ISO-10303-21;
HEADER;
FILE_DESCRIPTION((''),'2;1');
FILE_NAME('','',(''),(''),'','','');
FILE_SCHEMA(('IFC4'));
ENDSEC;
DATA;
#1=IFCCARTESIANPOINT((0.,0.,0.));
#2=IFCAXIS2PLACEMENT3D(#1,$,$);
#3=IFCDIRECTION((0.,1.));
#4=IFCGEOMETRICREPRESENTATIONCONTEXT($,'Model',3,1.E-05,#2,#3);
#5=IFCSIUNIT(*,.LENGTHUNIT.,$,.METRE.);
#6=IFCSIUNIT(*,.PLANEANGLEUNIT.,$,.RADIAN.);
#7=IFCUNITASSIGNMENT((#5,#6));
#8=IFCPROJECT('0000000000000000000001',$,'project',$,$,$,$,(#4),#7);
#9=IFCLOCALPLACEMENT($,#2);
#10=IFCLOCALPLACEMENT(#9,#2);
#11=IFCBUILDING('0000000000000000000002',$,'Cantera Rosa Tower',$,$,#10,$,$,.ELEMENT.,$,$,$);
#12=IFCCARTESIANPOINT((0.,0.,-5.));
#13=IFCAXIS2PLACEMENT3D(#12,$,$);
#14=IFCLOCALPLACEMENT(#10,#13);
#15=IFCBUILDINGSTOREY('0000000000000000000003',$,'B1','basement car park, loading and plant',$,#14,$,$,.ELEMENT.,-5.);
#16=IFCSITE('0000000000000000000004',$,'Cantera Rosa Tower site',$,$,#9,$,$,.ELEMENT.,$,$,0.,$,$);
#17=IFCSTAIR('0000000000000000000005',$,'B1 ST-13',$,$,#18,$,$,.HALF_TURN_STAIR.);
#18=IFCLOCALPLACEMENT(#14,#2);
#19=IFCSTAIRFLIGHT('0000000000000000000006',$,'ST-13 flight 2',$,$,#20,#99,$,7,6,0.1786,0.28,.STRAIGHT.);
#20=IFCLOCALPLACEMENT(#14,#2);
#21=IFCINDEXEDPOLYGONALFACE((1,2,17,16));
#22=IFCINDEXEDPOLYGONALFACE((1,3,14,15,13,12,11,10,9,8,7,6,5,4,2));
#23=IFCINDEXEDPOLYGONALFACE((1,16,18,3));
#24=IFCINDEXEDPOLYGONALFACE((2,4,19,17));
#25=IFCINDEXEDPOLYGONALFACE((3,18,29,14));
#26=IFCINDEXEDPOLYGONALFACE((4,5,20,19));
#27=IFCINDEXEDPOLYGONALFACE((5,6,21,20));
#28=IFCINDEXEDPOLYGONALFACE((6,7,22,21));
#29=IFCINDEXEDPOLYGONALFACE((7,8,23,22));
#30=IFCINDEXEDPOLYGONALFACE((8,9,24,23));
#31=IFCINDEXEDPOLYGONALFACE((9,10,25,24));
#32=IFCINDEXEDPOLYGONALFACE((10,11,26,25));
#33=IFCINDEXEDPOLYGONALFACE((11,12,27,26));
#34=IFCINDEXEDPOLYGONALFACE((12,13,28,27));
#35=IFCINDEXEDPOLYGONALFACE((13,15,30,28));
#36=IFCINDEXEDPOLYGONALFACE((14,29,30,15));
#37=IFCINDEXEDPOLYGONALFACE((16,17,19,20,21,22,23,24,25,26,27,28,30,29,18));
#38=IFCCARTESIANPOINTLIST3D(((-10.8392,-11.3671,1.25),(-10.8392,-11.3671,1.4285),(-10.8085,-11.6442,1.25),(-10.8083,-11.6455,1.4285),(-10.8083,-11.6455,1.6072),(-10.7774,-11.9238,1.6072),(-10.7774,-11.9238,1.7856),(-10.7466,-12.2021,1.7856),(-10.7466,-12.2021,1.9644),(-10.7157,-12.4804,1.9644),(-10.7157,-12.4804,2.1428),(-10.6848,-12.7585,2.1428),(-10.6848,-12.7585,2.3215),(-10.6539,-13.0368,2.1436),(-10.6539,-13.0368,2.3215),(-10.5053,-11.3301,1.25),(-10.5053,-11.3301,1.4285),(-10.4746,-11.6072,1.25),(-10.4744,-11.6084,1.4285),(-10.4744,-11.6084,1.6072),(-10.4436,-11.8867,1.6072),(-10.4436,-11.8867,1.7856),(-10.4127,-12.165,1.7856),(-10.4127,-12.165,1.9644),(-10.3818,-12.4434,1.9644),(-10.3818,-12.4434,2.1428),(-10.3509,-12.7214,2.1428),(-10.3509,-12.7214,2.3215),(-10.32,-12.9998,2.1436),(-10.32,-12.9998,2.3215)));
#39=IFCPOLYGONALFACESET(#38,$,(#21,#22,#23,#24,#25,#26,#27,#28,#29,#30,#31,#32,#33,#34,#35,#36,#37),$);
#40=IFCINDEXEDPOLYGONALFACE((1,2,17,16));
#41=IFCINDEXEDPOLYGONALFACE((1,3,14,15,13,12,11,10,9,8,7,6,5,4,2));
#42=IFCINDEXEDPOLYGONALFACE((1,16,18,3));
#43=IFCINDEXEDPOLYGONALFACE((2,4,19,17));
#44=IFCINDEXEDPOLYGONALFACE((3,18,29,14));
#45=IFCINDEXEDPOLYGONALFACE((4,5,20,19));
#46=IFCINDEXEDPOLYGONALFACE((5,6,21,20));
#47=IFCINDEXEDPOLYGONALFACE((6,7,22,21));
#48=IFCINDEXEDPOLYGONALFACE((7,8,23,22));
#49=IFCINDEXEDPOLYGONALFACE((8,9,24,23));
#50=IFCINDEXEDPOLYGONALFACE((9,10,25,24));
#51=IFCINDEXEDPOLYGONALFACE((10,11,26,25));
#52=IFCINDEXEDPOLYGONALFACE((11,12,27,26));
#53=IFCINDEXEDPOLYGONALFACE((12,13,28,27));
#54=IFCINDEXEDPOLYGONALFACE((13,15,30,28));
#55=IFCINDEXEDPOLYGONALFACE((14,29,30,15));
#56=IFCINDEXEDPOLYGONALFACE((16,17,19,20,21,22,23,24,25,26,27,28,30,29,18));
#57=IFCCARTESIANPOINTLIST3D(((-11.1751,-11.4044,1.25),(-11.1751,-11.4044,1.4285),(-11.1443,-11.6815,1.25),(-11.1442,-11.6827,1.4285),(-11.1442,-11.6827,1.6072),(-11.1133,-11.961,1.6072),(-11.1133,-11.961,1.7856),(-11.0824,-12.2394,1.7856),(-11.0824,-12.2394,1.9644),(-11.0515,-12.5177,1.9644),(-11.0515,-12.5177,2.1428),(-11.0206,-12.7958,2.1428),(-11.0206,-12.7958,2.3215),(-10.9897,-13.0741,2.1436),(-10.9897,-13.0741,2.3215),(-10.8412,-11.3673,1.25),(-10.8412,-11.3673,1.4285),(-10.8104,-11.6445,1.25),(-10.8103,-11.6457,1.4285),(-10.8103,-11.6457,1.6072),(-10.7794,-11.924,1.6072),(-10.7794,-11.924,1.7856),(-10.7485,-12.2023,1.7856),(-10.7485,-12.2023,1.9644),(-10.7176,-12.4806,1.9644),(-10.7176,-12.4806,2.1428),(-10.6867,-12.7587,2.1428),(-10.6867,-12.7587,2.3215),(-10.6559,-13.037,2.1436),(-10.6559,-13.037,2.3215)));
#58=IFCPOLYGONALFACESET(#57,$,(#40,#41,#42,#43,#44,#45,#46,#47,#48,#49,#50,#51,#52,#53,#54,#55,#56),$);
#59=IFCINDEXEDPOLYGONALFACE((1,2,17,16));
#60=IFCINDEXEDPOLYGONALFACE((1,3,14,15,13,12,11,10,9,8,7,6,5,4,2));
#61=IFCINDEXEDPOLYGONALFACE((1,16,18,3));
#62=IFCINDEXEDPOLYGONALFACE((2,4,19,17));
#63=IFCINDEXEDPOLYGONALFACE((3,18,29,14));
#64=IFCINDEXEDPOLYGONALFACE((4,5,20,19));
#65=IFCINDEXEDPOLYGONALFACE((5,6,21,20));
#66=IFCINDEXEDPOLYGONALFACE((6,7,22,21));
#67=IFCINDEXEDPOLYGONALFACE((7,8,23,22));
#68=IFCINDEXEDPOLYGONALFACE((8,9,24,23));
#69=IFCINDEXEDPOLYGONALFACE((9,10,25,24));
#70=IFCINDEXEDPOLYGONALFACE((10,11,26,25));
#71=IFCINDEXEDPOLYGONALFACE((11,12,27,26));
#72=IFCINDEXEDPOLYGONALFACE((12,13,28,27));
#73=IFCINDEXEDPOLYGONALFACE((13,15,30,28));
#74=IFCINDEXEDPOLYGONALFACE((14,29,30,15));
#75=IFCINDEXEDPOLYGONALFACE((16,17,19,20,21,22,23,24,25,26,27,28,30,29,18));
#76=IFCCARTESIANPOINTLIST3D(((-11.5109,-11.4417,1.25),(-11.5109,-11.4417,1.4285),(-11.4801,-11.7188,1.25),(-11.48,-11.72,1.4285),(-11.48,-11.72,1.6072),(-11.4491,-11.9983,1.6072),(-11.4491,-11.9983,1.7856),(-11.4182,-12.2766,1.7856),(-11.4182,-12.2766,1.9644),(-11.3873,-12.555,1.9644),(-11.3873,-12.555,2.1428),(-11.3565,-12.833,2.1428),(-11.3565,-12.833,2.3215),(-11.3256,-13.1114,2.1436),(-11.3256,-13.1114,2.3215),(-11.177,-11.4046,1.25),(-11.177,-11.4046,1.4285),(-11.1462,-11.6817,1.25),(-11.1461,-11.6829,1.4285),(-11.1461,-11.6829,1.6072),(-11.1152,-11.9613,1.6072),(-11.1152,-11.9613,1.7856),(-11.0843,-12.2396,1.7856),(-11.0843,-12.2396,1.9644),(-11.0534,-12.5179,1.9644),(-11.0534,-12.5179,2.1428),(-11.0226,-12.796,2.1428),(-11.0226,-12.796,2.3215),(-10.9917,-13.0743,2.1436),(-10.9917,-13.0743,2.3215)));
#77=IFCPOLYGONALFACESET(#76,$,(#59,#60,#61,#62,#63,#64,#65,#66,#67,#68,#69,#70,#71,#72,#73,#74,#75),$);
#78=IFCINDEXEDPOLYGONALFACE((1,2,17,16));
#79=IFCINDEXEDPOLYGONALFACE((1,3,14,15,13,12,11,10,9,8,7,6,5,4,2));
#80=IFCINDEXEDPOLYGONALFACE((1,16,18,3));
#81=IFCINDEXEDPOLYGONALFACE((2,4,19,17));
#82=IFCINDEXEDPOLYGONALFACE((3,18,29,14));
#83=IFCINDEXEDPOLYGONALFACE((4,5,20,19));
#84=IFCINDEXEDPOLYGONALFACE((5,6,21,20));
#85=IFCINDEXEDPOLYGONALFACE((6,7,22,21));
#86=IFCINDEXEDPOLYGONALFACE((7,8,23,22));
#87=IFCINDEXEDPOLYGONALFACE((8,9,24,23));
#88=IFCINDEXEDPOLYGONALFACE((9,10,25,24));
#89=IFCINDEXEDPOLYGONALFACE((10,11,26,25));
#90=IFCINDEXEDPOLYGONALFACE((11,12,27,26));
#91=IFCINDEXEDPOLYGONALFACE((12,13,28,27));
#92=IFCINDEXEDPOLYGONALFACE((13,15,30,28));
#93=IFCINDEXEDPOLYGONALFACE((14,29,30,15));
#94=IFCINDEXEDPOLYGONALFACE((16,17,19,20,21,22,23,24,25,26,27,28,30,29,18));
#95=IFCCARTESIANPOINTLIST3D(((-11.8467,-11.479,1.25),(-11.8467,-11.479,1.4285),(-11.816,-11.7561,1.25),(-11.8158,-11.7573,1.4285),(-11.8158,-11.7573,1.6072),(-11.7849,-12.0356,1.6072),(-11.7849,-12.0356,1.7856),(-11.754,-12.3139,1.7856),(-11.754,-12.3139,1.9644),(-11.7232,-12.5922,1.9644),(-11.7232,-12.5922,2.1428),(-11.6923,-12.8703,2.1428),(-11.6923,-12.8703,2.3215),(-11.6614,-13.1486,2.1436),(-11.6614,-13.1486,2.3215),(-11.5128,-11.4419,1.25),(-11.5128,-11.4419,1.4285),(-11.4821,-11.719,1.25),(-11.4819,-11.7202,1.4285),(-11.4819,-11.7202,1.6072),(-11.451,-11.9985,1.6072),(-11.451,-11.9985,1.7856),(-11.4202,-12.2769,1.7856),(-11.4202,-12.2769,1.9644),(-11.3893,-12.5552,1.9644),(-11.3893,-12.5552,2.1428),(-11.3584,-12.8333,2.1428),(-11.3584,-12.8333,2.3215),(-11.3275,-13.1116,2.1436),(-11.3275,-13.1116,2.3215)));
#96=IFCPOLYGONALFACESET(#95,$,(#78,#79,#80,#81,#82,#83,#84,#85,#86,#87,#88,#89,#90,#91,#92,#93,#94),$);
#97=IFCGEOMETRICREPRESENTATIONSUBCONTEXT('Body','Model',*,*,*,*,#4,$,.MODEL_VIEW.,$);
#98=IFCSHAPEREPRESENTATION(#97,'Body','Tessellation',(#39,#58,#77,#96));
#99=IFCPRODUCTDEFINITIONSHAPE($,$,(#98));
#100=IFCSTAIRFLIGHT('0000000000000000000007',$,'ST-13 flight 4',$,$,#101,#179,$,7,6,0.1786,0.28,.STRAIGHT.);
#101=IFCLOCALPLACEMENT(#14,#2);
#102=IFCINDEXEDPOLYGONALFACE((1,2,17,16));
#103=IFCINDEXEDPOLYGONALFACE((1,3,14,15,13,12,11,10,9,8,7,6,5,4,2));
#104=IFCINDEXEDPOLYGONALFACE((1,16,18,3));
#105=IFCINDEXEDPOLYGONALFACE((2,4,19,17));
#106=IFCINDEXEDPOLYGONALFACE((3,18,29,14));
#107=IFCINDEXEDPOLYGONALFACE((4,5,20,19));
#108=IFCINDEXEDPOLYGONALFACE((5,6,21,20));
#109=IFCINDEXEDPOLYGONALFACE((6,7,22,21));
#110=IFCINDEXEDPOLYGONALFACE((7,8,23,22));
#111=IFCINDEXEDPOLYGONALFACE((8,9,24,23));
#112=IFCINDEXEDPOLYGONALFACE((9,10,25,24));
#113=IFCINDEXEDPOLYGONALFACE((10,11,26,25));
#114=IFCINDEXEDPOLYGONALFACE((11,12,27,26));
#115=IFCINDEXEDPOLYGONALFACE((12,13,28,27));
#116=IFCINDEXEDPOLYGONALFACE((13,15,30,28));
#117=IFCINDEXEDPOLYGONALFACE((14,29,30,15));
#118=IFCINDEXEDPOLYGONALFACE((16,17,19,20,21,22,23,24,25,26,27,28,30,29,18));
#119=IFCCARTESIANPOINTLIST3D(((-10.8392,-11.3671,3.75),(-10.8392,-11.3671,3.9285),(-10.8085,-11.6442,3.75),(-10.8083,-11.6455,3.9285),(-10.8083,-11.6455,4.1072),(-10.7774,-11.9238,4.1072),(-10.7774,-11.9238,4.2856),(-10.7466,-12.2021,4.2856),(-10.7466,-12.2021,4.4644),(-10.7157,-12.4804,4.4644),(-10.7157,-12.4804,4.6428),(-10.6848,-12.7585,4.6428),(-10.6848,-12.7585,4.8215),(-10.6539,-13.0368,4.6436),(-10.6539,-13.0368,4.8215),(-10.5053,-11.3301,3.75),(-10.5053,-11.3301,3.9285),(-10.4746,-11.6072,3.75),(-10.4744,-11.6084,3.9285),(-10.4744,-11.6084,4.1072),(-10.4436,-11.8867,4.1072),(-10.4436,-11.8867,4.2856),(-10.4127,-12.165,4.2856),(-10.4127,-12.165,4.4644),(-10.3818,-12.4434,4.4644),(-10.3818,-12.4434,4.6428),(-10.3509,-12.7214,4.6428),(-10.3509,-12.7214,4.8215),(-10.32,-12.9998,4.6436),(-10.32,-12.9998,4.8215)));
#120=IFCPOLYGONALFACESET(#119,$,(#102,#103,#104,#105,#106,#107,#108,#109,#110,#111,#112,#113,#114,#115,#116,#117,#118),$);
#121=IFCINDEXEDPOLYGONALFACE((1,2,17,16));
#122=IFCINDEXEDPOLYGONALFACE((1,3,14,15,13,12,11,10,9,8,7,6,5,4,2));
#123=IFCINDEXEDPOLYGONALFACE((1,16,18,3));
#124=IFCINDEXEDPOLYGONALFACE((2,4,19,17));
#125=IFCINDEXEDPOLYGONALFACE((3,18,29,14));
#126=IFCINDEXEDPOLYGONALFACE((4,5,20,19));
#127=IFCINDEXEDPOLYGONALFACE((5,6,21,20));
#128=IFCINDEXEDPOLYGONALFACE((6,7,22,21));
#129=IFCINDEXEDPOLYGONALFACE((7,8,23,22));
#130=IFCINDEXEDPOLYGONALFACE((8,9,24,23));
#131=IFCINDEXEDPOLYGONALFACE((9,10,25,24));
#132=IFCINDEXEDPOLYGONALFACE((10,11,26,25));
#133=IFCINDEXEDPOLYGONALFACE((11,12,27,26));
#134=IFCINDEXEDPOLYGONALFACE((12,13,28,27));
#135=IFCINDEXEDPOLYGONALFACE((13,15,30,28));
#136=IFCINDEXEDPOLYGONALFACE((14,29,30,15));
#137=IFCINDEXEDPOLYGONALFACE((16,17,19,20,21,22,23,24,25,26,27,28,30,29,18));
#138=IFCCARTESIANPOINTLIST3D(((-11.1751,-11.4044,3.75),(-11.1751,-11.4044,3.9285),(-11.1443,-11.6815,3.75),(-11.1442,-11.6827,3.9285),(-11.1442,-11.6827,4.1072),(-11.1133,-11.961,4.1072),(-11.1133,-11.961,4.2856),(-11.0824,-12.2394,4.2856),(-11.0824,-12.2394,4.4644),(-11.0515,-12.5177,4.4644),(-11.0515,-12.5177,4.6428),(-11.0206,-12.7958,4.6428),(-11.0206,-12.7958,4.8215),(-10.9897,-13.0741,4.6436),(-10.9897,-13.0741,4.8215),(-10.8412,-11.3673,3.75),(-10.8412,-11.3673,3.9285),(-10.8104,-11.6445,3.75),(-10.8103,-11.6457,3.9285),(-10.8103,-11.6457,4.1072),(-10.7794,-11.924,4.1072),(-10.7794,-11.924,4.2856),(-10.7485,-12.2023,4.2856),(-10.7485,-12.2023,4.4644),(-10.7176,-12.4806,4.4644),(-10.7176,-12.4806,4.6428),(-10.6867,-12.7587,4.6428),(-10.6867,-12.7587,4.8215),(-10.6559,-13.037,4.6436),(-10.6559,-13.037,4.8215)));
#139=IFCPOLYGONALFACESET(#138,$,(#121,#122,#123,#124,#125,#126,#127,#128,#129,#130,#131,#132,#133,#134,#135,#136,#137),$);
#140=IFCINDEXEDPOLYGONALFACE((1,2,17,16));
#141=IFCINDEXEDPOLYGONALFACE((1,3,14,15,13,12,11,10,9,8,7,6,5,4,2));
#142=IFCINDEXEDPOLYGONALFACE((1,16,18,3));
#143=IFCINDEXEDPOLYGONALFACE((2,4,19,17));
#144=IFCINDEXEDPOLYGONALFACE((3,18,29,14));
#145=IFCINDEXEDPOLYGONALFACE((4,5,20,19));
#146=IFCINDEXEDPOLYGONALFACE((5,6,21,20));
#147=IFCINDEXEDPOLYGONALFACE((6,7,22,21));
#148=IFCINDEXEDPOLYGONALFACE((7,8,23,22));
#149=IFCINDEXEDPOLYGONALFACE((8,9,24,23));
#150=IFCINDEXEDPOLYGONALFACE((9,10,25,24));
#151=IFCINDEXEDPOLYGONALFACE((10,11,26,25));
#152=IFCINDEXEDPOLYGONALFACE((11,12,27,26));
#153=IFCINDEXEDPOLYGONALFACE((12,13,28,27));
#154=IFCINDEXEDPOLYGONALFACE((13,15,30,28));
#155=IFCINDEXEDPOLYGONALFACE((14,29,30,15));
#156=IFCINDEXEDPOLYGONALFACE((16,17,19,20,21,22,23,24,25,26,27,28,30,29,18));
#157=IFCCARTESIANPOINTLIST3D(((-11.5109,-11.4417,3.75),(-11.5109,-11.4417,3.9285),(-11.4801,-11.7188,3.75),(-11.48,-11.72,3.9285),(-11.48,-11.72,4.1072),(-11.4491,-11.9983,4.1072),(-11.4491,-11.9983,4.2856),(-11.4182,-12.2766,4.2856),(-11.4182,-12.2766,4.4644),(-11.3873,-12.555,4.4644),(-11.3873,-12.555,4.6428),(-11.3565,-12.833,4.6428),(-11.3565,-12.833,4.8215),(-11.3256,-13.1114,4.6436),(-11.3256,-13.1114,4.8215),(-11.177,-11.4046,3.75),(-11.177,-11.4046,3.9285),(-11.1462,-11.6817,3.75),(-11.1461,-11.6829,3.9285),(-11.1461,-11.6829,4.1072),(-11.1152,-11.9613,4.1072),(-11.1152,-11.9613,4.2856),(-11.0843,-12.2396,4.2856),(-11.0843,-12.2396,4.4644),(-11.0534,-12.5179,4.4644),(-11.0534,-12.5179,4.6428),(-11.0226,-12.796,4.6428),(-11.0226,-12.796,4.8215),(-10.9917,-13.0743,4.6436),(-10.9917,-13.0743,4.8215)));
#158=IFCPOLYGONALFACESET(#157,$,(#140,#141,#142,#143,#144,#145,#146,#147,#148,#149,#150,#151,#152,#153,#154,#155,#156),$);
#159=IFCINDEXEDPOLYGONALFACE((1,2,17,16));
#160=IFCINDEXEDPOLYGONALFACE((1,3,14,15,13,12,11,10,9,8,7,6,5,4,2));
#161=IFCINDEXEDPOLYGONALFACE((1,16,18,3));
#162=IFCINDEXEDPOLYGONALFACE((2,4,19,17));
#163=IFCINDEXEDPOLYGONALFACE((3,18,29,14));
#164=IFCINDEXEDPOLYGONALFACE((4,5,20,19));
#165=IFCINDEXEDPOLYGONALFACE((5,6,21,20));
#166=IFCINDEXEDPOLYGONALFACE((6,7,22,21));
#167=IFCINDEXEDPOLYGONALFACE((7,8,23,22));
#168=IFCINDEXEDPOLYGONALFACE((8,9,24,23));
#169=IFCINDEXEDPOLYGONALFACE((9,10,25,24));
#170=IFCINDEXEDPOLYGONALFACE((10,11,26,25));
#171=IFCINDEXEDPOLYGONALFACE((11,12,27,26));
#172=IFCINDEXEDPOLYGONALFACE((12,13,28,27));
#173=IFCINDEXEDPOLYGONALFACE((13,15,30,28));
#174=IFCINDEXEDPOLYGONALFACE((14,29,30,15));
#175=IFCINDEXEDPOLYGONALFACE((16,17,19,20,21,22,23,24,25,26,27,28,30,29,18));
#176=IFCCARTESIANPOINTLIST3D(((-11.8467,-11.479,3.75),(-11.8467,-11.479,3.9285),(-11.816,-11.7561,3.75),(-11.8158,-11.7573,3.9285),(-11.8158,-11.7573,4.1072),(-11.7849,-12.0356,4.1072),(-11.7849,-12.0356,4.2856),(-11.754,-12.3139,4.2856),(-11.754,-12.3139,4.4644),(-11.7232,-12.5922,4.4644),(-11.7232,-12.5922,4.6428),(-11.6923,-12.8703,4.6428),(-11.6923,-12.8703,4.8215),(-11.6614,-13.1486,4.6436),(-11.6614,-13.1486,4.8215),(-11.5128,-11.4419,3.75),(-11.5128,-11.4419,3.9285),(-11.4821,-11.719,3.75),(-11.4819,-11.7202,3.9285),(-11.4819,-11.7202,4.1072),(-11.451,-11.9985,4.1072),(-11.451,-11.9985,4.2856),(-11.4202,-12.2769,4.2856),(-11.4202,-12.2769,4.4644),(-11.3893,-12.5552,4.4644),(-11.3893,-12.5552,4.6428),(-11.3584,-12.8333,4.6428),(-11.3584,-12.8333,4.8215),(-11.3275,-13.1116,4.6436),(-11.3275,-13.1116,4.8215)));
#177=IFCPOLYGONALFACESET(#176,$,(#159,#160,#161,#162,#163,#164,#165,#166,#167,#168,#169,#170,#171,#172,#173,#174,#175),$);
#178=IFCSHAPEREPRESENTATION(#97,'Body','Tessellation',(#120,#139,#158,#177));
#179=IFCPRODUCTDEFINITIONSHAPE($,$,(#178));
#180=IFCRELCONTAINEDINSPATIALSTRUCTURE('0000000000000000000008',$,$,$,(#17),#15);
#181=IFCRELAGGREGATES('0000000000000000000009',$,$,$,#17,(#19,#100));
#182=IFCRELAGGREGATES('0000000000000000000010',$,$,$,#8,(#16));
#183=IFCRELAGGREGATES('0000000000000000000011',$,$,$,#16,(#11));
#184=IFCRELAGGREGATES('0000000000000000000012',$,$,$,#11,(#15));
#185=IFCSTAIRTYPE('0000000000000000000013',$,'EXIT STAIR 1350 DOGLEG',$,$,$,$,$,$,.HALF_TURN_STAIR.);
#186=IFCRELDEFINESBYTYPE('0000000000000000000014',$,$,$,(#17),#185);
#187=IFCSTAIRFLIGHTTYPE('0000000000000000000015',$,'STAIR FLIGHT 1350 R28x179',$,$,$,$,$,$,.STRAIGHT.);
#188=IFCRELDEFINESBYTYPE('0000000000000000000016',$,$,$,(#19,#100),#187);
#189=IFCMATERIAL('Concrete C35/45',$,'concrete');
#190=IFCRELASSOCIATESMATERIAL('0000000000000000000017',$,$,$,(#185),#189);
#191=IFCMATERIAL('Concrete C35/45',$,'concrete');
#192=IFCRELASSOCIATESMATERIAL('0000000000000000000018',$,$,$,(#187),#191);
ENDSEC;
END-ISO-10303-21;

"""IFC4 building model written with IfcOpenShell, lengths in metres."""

from ifc_helpers import new_model, si_unit, direction, frame, origin, place, context, subcontext, project, spatial, polyline, outline, extrude, material, type_object, element, aggregate, save


model = new_model("IFC4")

# Units and contexts
model_context = context("Model", 3, precision=1e-05, world=origin(), true_north=direction((0.0, 1.0)))
body_context = subcontext(model_context, "Body", "Model", "MODEL_VIEW")
ifc_project = project(units=[si_unit("LENGTHUNIT", "METRE"), si_unit("PLANEANGLEUNIT", "RADIAN")], contexts=[model_context])

# Site, building, storey
site_placement = place(None, origin())
site = spatial("IfcSite", under=ifc_project, at=site_placement, Name="Cantera Rosa Tower site", CompositionType="ELEMENT", RefElevation=0.0)
building_placement = place(site_placement, origin())
building = spatial("IfcBuilding", under=site, at=building_placement, Name="Cantera Rosa Tower", CompositionType="ELEMENT")
storey_placement = place(building_placement, frame((0.0, 0.0, -5.0)))
storey = spatial("IfcBuildingStorey", under=building, at=storey_placement, Name="B1", Description="basement car park, loading and plant", CompositionType="ELEMENT", Elevation=-5.0)

# Stair, stair flights
ifc_material_1 = material(Name="Concrete C35/45", Category="concrete")
stair_type = type_object("IfcStairType", Name="EXIT STAIR 1350 DOGLEG", PredefinedType="HALF_TURN_STAIR", material=ifc_material_1)
stair_placement = place(storey_placement, origin())
stair = element("IfcStair", 1, at=stair_placement, inside=storey, type_object=stair_type, Name="B1 ST-13", PredefinedType="HALF_TURN_STAIR")
ifc_material_2 = material(Name="Concrete C35/45", Category="concrete")
stair_flight_type = type_object("IfcStairFlightType", Name="STAIR FLIGHT 1350 R28x179", PredefinedType="STRAIGHT", material=ifc_material_2)
stair_flight_1_placement = place(storey_placement, frame((-11.1763, -11.4045, 1.25), z_axis=(0.0, 0.0, 1.0), x_axis=(0.110313, -0.993897, 0.0)))
stair_flight_1 = element("IfcStairFlight", 2, at=stair_flight_1_placement, type_object=stair_flight_type, Name="ST-13 flight 2", NumberOfRisers=7, NumberOfTreads=6, PredefinedType="STRAIGHT", RiserHeight=0.1786, TreadLength=0.28, context=body_context, shape_type="SweptSolid", body=[
    extrude(outline(polyline([(0.0, 0.0), (0.0, 0.1785), (0.28, 0.1785), (0.28, 0.3572), (0.5601, 0.3572), (0.5601, 0.5356), (0.8401, 0.5356), (0.8401, 0.7144), (1.1201, 0.7144), (1.1201, 0.8928), (1.3999, 0.8928), (1.3999, 1.0715), (1.6799, 1.0715), (1.6799, 1.25), (1.6799, 0.8936), (0.2788, 0.0), (0.0, 0.0)])), frame((0.0, 0.675, 0.0), z_axis=(0.0, -1.0, 0.0), x_axis=(1.0, 0.0, 0.0)), (0.0, 0.0, 1.0), 0.3359),
    extrude(outline(polyline([(0.0, 0.0), (0.0, 0.1785), (0.28, 0.1785), (0.28, 0.3572), (0.5601, 0.3572), (0.5601, 0.5356), (0.8401, 0.5356), (0.8401, 0.7144), (1.1201, 0.7144), (1.1201, 0.8928), (1.3999, 0.8928), (1.3999, 1.0715), (1.6799, 1.0715), (1.6799, 1.25), (1.6799, 0.8936), (0.2788, 0.0), (0.0, 0.0)])), frame((0.0, 0.3372, 0.0), z_axis=(0.0, -1.0, 0.0), x_axis=(1.0, 0.0, 0.0)), (0.0, 0.0, 1.0), 0.3359),
    extrude(outline(polyline([(0.0, 0.0), (0.0, 0.1785), (0.28, 0.1785), (0.28, 0.3572), (0.5601, 0.3572), (0.5601, 0.5356), (0.8401, 0.5356), (0.8401, 0.7144), (1.1201, 0.7144), (1.1201, 0.8928), (1.3999, 0.8928), (1.3999, 1.0715), (1.6799, 1.0715), (1.6799, 1.25), (1.6799, 0.8936), (0.2788, 0.0), (0.0, 0.0)])), frame((0.0, -0.0007, 0.0), z_axis=(0.0, -1.0, 0.0), x_axis=(1.0, 0.0, 0.0)), (0.0, 0.0, 1.0), 0.3359),
    extrude(outline(polyline([(0.0, 0.0), (0.0, 0.1785), (0.28, 0.1785), (0.28, 0.3572), (0.5601, 0.3572), (0.5601, 0.5356), (0.8401, 0.5356), (0.8401, 0.7144), (1.1201, 0.7144), (1.1201, 0.8928), (1.3999, 0.8928), (1.3999, 1.0715), (1.6799, 1.0715), (1.6799, 1.25), (1.6799, 0.8936), (0.2788, 0.0), (0.0, 0.0)])), frame((0.0, -0.3386, 0.0), z_axis=(0.0, -1.0, 0.0), x_axis=(1.0, 0.0, 0.0)), (0.0, 0.0, 1.0), 0.3359),
])
stair_flight_2_placement = place(storey_placement, frame((-11.1763, -11.4045, 3.75), z_axis=(0.0, 0.0, 1.0), x_axis=(0.110313, -0.993897, 0.0)))
stair_flight_2 = element("IfcStairFlight", 3, at=stair_flight_2_placement, type_object=stair_flight_type, Name="ST-13 flight 4", NumberOfRisers=7, NumberOfTreads=6, PredefinedType="STRAIGHT", RiserHeight=0.1786, TreadLength=0.28, context=body_context, shape_type="SweptSolid", body=[
    extrude(outline(polyline([(0.0, 0.0), (0.0, 0.1785), (0.28, 0.1785), (0.28, 0.3572), (0.5601, 0.3572), (0.5601, 0.5356), (0.8401, 0.5356), (0.8401, 0.7144), (1.1201, 0.7144), (1.1201, 0.8928), (1.3999, 0.8928), (1.3999, 1.0715), (1.6799, 1.0715), (1.6799, 1.25), (1.6799, 0.8936), (0.2788, 0.0), (0.0, 0.0)])), frame((0.0, 0.675, 0.0), z_axis=(0.0, -1.0, 0.0), x_axis=(1.0, 0.0, 0.0)), (0.0, 0.0, 1.0), 0.3359),
    extrude(outline(polyline([(0.0, 0.0), (0.0, 0.1785), (0.28, 0.1785), (0.28, 0.3572), (0.5601, 0.3572), (0.5601, 0.5356), (0.8401, 0.5356), (0.8401, 0.7144), (1.1201, 0.7144), (1.1201, 0.8928), (1.3999, 0.8928), (1.3999, 1.0715), (1.6799, 1.0715), (1.6799, 1.25), (1.6799, 0.8936), (0.2788, 0.0), (0.0, 0.0)])), frame((0.0, 0.3372, 0.0), z_axis=(0.0, -1.0, 0.0), x_axis=(1.0, 0.0, 0.0)), (0.0, 0.0, 1.0), 0.3359),
    extrude(outline(polyline([(0.0, 0.0), (0.0, 0.1785), (0.28, 0.1785), (0.28, 0.3572), (0.5601, 0.3572), (0.5601, 0.5356), (0.8401, 0.5356), (0.8401, 0.7144), (1.1201, 0.7144), (1.1201, 0.8928), (1.3999, 0.8928), (1.3999, 1.0715), (1.6799, 1.0715), (1.6799, 1.25), (1.6799, 0.8936), (0.2788, 0.0), (0.0, 0.0)])), frame((0.0, -0.0007, 0.0), z_axis=(0.0, -1.0, 0.0), x_axis=(1.0, 0.0, 0.0)), (0.0, 0.0, 1.0), 0.3359),
    extrude(outline(polyline([(0.0, 0.0), (0.0, 0.1785), (0.28, 0.1785), (0.28, 0.3572), (0.5601, 0.3572), (0.5601, 0.5356), (0.8401, 0.5356), (0.8401, 0.7144), (1.1201, 0.7144), (1.1201, 0.8928), (1.3999, 0.8928), (1.3999, 1.0715), (1.6799, 1.0715), (1.6799, 1.25), (1.6799, 0.8936), (0.2788, 0.0), (0.0, 0.0)])), frame((0.0, -0.3386, 0.0), z_axis=(0.0, -1.0, 0.0), x_axis=(1.0, 0.0, 0.0)), (0.0, 0.0, 1.0), 0.3359),
])
aggregate(stair, [stair_flight_1, stair_flight_2])

save(model, "model.ifc")
